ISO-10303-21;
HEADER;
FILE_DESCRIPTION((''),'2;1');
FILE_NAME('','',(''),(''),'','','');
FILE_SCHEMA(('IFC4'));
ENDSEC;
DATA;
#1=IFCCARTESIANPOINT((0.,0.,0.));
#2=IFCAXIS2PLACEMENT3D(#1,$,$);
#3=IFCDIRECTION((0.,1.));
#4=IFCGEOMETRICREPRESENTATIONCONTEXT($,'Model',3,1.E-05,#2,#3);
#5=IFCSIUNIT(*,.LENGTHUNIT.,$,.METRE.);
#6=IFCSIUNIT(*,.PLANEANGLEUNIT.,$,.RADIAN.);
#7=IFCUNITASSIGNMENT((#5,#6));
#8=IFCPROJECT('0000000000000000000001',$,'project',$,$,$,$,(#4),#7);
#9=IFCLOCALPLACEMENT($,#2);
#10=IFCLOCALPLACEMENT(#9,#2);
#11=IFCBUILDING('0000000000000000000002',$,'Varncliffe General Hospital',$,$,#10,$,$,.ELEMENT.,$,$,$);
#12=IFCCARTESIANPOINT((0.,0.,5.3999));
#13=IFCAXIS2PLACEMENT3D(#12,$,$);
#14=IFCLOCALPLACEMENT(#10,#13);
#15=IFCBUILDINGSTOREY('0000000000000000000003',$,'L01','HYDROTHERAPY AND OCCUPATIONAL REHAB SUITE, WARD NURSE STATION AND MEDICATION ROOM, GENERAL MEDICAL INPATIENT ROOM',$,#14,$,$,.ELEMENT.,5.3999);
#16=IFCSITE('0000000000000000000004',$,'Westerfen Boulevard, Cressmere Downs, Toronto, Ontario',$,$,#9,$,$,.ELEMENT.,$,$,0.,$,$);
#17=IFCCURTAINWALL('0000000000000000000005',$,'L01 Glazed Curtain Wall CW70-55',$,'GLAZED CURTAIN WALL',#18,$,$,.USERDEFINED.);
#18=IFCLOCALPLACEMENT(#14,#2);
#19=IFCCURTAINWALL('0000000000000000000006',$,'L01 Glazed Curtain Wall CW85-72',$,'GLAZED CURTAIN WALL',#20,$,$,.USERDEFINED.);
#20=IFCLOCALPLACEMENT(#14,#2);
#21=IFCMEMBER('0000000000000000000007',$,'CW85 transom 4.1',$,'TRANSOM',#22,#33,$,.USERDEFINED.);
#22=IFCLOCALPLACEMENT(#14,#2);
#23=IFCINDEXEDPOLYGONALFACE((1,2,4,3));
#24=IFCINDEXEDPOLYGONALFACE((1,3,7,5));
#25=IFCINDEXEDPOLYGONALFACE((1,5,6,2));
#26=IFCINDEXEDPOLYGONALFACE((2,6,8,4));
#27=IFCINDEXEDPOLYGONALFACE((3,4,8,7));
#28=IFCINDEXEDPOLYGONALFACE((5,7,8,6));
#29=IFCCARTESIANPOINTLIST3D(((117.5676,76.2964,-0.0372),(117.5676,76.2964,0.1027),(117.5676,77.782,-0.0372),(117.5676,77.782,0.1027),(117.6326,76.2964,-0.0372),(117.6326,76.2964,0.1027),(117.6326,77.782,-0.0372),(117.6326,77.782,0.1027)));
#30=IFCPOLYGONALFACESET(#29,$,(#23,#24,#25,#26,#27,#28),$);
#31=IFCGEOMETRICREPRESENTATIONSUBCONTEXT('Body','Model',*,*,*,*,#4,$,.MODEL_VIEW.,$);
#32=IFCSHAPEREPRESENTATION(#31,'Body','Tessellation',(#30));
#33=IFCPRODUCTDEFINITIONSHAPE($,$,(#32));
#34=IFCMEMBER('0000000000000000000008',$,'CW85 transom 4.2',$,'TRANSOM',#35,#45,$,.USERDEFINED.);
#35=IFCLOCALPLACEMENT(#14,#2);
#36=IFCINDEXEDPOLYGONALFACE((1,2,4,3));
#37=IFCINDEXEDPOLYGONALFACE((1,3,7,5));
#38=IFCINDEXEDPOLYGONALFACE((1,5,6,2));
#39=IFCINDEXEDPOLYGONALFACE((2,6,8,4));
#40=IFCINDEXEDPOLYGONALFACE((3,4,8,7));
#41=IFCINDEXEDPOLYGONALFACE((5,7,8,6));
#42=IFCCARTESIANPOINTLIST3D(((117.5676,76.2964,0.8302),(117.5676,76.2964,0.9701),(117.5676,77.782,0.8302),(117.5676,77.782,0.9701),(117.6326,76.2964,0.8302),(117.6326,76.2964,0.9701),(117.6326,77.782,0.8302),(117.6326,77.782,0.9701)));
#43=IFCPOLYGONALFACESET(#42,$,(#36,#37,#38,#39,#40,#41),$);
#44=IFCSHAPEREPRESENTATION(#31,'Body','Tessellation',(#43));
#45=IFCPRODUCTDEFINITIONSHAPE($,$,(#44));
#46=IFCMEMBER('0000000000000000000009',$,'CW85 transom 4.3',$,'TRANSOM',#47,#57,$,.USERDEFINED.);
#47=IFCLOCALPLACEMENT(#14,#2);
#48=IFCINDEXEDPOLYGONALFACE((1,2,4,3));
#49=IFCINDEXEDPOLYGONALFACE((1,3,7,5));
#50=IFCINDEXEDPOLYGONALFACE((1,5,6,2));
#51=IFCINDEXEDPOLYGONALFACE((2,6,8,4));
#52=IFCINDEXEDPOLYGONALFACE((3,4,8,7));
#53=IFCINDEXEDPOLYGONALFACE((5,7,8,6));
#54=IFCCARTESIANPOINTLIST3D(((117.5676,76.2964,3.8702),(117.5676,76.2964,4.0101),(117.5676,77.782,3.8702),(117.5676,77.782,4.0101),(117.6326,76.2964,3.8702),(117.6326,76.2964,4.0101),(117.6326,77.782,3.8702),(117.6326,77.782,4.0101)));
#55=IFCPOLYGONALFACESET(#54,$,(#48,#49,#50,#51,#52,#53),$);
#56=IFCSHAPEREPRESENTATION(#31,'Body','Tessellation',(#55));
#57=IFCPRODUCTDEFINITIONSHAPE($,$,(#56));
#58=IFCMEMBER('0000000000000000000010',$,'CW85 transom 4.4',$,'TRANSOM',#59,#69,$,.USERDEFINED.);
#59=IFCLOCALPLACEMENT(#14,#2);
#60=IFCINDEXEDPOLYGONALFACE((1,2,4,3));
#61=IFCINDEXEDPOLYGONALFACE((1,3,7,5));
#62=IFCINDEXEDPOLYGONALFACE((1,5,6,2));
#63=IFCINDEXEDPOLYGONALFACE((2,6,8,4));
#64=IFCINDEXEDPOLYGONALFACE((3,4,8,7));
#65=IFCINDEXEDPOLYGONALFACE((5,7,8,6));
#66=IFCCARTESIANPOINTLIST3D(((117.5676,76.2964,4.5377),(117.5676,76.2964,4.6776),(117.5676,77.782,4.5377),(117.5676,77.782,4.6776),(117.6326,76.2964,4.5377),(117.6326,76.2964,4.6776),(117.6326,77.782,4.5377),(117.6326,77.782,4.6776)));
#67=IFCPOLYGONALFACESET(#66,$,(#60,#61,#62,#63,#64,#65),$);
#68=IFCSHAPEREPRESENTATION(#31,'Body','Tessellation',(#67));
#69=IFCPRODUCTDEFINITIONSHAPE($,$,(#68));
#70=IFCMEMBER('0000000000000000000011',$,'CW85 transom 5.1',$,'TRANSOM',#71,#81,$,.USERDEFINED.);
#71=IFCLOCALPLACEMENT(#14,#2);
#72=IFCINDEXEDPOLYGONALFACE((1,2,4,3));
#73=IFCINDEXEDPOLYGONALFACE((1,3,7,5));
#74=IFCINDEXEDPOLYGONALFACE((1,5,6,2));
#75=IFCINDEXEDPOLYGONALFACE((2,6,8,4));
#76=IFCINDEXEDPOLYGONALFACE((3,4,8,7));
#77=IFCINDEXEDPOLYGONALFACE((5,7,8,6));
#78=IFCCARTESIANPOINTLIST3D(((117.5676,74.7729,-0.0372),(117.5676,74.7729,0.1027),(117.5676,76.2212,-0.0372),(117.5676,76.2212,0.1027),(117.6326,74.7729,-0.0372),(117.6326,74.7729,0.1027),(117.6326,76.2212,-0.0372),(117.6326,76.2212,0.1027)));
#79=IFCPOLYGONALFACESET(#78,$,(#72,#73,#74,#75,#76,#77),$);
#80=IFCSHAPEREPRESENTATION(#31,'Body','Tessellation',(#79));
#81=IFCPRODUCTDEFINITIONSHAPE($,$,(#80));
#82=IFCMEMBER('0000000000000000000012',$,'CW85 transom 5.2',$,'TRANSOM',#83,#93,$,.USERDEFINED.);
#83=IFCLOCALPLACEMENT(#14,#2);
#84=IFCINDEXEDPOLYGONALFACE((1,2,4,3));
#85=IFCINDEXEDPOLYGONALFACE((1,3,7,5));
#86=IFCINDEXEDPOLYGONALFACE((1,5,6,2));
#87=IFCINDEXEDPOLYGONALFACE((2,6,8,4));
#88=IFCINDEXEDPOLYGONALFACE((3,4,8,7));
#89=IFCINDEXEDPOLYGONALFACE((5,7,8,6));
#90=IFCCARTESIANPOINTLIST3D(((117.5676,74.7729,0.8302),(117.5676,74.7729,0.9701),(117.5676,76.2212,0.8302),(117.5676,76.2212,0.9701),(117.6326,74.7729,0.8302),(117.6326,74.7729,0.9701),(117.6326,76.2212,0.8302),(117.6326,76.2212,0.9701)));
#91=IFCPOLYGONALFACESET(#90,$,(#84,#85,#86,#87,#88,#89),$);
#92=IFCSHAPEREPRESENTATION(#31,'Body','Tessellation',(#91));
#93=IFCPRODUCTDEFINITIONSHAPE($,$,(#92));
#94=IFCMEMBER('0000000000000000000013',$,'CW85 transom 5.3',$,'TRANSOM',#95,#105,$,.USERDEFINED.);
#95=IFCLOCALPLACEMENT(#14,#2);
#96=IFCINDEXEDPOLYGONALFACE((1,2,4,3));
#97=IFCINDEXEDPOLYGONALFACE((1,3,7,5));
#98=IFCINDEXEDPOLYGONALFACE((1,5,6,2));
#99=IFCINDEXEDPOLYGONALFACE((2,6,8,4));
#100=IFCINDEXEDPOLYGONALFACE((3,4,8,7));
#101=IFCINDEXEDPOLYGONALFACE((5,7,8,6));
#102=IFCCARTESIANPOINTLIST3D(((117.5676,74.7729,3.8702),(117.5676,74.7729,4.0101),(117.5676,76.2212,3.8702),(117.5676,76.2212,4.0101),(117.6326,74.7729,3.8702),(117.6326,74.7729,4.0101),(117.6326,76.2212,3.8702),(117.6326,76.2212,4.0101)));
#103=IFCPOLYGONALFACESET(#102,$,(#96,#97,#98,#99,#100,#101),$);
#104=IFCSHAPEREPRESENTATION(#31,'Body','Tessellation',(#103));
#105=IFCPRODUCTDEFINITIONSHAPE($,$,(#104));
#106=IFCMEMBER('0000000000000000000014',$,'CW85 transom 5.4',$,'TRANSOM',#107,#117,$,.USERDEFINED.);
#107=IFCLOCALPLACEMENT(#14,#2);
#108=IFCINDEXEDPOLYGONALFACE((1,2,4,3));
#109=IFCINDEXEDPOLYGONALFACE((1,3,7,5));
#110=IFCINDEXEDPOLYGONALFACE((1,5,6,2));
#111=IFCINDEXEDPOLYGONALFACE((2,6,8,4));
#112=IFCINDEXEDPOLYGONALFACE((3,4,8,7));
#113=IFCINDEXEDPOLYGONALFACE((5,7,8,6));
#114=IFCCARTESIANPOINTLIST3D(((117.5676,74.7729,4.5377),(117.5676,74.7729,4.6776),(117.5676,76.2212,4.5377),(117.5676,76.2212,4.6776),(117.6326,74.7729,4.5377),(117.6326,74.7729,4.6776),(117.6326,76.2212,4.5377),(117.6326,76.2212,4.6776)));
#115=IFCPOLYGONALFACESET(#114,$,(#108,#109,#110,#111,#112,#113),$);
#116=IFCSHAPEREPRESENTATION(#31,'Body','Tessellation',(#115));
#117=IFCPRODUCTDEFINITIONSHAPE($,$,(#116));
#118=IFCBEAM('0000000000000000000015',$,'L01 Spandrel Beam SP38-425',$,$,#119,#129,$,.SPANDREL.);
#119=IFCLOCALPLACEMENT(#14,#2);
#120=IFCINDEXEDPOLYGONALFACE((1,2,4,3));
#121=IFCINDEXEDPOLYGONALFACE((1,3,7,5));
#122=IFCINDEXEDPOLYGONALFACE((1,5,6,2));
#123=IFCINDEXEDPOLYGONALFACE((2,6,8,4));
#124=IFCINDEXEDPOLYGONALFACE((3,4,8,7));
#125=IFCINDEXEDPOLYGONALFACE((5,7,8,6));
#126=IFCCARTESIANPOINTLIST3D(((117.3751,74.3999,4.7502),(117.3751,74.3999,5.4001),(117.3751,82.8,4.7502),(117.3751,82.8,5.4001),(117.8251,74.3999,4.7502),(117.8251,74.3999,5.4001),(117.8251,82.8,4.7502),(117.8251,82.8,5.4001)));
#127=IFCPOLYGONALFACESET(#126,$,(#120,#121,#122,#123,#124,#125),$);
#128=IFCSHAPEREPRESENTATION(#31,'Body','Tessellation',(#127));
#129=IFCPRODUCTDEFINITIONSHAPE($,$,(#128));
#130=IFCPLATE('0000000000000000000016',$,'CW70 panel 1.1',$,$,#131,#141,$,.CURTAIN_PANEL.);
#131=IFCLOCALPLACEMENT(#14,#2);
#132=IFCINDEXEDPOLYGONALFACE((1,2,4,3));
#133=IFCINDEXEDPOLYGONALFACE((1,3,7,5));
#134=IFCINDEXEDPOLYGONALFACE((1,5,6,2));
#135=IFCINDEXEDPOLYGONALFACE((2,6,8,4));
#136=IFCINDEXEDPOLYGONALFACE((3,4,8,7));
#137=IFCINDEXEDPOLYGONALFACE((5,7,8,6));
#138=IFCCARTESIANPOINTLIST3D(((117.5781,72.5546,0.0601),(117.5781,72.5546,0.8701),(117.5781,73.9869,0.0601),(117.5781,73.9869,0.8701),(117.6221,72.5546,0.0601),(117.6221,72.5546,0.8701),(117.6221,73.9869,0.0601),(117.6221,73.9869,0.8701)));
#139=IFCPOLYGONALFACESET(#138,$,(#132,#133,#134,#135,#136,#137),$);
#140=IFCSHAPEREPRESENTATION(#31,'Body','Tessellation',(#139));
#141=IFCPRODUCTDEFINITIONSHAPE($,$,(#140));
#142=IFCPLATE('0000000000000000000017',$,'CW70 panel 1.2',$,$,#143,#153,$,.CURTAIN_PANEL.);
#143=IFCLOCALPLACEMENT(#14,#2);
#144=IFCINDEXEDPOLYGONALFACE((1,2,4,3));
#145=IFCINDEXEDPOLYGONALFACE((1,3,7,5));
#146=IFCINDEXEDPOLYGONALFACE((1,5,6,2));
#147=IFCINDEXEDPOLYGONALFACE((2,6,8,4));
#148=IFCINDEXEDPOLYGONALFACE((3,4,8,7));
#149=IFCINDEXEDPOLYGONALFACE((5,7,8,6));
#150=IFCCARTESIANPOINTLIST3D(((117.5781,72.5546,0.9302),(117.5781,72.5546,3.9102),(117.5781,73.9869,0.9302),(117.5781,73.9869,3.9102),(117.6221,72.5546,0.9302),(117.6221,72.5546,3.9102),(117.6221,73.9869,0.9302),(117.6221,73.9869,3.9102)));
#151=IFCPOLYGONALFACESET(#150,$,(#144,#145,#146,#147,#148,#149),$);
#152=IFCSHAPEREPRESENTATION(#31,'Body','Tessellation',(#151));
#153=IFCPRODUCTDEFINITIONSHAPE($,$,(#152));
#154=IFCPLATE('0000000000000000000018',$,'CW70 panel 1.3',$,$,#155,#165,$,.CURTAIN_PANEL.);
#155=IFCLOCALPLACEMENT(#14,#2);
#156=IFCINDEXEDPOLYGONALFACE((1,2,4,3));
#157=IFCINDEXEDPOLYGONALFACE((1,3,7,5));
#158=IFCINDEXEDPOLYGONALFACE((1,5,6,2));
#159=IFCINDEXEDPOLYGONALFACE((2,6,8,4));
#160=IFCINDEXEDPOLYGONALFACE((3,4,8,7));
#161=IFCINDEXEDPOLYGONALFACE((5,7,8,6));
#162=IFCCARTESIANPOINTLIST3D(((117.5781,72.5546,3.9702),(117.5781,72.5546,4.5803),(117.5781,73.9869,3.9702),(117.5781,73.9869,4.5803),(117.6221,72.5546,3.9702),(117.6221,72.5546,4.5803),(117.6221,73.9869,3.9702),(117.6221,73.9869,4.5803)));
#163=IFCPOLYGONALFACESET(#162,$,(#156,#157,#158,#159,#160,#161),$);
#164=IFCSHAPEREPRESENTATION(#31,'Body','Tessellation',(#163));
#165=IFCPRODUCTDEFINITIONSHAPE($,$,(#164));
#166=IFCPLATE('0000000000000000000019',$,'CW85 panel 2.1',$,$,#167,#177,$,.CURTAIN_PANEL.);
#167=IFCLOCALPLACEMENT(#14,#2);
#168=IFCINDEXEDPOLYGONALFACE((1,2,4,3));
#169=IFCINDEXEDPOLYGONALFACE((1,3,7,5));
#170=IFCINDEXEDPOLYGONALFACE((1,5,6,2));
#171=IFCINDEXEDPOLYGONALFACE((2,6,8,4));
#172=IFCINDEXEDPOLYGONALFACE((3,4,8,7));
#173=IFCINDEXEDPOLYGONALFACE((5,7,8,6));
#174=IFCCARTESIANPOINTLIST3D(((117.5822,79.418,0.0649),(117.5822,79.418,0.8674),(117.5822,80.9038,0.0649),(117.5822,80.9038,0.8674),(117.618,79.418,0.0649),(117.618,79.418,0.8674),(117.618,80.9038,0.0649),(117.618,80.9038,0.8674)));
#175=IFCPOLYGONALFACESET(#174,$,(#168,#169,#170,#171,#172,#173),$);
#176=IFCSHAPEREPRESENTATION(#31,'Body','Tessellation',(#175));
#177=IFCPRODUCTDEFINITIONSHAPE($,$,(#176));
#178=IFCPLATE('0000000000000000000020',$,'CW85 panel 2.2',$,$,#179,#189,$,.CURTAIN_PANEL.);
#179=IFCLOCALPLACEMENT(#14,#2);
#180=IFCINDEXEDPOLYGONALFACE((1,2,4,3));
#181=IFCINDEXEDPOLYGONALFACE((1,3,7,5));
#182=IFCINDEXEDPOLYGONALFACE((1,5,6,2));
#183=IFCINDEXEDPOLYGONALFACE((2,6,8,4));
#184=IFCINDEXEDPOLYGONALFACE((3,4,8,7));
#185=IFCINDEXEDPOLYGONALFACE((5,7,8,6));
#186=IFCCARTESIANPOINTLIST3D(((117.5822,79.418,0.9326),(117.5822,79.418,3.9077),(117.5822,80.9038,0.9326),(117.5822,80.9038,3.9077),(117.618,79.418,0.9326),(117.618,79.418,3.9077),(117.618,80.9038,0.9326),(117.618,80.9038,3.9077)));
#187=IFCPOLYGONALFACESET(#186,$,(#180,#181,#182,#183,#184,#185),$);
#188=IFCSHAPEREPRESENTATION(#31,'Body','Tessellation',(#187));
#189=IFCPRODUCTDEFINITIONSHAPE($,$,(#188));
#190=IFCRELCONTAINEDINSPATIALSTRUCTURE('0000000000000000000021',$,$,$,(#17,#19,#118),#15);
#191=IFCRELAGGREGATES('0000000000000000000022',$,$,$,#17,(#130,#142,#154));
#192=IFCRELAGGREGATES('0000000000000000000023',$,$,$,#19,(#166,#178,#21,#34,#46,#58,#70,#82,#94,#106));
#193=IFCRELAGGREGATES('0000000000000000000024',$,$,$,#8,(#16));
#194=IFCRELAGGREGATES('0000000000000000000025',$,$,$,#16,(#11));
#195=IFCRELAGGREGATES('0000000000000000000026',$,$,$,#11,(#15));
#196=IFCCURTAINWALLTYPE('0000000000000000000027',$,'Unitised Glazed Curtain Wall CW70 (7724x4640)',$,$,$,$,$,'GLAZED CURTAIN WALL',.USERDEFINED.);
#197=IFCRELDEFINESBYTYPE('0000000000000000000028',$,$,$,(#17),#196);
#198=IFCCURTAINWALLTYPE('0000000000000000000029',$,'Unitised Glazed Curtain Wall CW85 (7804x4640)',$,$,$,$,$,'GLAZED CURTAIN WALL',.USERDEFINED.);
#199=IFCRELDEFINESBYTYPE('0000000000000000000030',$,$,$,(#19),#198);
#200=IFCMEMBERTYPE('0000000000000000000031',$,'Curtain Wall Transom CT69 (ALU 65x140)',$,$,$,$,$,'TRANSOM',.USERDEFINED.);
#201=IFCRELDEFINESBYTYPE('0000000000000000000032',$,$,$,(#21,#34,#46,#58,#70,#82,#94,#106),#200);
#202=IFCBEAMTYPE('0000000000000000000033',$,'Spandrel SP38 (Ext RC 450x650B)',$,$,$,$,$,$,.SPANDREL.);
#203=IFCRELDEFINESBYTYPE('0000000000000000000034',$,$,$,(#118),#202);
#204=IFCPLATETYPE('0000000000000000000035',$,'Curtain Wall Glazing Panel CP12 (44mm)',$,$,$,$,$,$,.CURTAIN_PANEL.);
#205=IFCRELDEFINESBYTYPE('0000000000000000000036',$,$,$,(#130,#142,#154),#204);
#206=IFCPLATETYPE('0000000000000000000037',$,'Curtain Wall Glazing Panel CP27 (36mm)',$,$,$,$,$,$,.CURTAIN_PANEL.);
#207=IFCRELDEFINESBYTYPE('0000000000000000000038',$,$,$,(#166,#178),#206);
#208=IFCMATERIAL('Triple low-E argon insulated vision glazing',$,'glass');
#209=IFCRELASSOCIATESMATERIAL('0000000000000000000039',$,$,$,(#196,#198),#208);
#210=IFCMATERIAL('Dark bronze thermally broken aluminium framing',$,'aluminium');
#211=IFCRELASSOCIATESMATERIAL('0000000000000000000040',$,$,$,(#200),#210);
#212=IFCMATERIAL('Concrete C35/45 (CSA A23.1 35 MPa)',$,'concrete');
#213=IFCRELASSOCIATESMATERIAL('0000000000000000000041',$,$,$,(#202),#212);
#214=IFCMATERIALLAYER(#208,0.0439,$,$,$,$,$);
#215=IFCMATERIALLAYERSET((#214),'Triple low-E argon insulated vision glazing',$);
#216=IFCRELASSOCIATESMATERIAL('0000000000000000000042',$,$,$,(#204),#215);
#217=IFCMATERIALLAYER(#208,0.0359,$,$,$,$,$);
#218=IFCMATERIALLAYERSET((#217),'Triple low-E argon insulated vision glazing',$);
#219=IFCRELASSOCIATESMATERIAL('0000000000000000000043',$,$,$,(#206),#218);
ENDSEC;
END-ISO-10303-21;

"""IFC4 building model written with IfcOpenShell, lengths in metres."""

from ifc_helpers import new_model, si_unit, direction, frame, origin, origin_2d, place, context, subcontext, project, spatial, rectangle, extrude, material, layer, layer_set, material_profile, profile_set, type_object, element, aggregate, save


model = new_model("IFC4")

# Units and contexts
model_context = context("Model", 3, precision=1e-05, world=origin(), true_north=direction((0.0, 1.0)))
body_context = subcontext(model_context, "Body", "Model", "MODEL_VIEW")
ifc_project = project(units=[si_unit("LENGTHUNIT", "METRE"), si_unit("PLANEANGLEUNIT", "RADIAN")], contexts=[model_context])

# Site, building, storey
site_placement = place(None, origin())
site = spatial("IfcSite", under=ifc_project, at=site_placement, Name="Westerfen Boulevard, Cressmere Downs, Toronto, Ontario", CompositionType="ELEMENT", RefElevation=0.0)
building_placement = place(site_placement, origin())
building = spatial("IfcBuilding", under=site, at=building_placement, Name="Varncliffe General Hospital", CompositionType="ELEMENT")
storey_placement = place(building_placement, frame((0.0, 0.0, 5.3999)))
storey = spatial("IfcBuildingStorey", under=building, at=storey_placement, Name="L01", Description="HYDROTHERAPY AND OCCUPATIONAL REHAB SUITE, WARD NURSE STATION AND MEDICATION ROOM, GENERAL MEDICAL INPATIENT ROOM", CompositionType="ELEMENT", Elevation=5.3999)

# Curtain wall
ifc_material_1 = material(Name="Triple low-E argon insulated vision glazing", Category="glass")
curtain_wall_type_1 = type_object("IfcCurtainWallType", Name="Unitised Glazed Curtain Wall CW70 (7724x4640)", ElementType="GLAZED CURTAIN WALL", PredefinedType="USERDEFINED", material=ifc_material_1)
curtain_wall_1_placement = place(storey_placement, origin())
curtain_wall_1 = element("IfcCurtainWall", 1, at=curtain_wall_1_placement, inside=storey, type_object=curtain_wall_type_1, Name="L01 Glazed Curtain Wall CW70-55", ObjectType="GLAZED CURTAIN WALL", PredefinedType="USERDEFINED")
ifc_material_2 = material(Name="Dark bronze thermally broken aluminium framing", Category="aluminium")

# Curtain wall
curtain_wall_type_2 = type_object("IfcCurtainWallType", Name="Unitised Glazed Curtain Wall CW85 (7804x4640)", ElementType="GLAZED CURTAIN WALL", PredefinedType="USERDEFINED", material=ifc_material_1)
curtain_wall_2_placement = place(storey_placement, origin())
curtain_wall_2 = element("IfcCurtainWall", 2, at=curtain_wall_2_placement, inside=storey, type_object=curtain_wall_type_2, Name="L01 Glazed Curtain Wall CW85-72", ObjectType="GLAZED CURTAIN WALL", PredefinedType="USERDEFINED")

# Members
ifc_material_profile_1 = material_profile(ifc_material_2, rectangle(XDim=0.0649, YDim=0.1399, at=origin_2d()), Name="ALU 65x140")
ifc_profile_set_1 = profile_set([ifc_material_profile_1], Name="Dark bronze thermally broken aluminium framing")
member_type_1 = type_object("IfcMemberType", Name="Curtain Wall Transom CT69 (ALU 65x140)", ElementType="TRANSOM", PredefinedType="USERDEFINED", material=ifc_profile_set_1)
member_1_placement = place(storey_placement, frame((117.6001, 77.782, 0.0327), z_axis=(0.0, -1.0, 0.0), x_axis=(1.0, 0.0, 0.0)))
member_1 = element("IfcMember", 3, at=member_1_placement, type_object=member_type_1, Name="CW85 transom 4.1", ObjectType="TRANSOM", PredefinedType="USERDEFINED", context=body_context, shape_type="SweptSolid", body=[
    extrude(rectangle(XDim=0.0649, YDim=0.1399, at=origin_2d()), origin(), (0.0, 0.0, 1.0), 1.4856),
])
member_2_placement = place(storey_placement, frame((117.6001, 77.782, 0.9001), z_axis=(0.0, -1.0, 0.0), x_axis=(1.0, 0.0, 0.0)))
member_2 = element("IfcMember", 4, at=member_2_placement, type_object=member_type_1, Name="CW85 transom 4.2", ObjectType="TRANSOM", PredefinedType="USERDEFINED", context=body_context, shape_type="SweptSolid", body=[
    extrude(rectangle(XDim=0.0649, YDim=0.1399, at=origin_2d()), origin(), (0.0, 0.0, 1.0), 1.4856),
])
member_3_placement = place(storey_placement, frame((117.6001, 77.782, 3.9402), z_axis=(0.0, -1.0, 0.0), x_axis=(1.0, 0.0, 0.0)))
member_3 = element("IfcMember", 5, at=member_3_placement, type_object=member_type_1, Name="CW85 transom 4.3", ObjectType="TRANSOM", PredefinedType="USERDEFINED", context=body_context, shape_type="SweptSolid", body=[
    extrude(rectangle(XDim=0.0649, YDim=0.1399, at=origin_2d()), origin(), (0.0, 0.0, 1.0), 1.4856),
])
member_4_placement = place(storey_placement, frame((117.6001, 77.782, 4.6077), z_axis=(0.0, -1.0, 0.0), x_axis=(1.0, 0.0, 0.0)))
member_4 = element("IfcMember", 6, at=member_4_placement, type_object=member_type_1, Name="CW85 transom 4.4", ObjectType="TRANSOM", PredefinedType="USERDEFINED", context=body_context, shape_type="SweptSolid", body=[
    extrude(rectangle(XDim=0.0649, YDim=0.1399, at=origin_2d()), origin(), (0.0, 0.0, 1.0), 1.4856),
])
member_5_placement = place(storey_placement, frame((117.6001, 76.2212, 0.0327), z_axis=(0.0, -1.0, 0.0), x_axis=(1.0, 0.0, 0.0)))
member_5 = element("IfcMember", 7, at=member_5_placement, type_object=member_type_1, Name="CW85 transom 5.1", ObjectType="TRANSOM", PredefinedType="USERDEFINED", context=body_context, shape_type="SweptSolid", body=[
    extrude(rectangle(XDim=0.0649, YDim=0.1399, at=origin_2d()), origin(), (0.0, 0.0, 1.0), 1.4482),
])
member_6_placement = place(storey_placement, frame((117.6001, 76.2212, 0.9001), z_axis=(0.0, -1.0, 0.0), x_axis=(1.0, 0.0, 0.0)))
member_6 = element("IfcMember", 8, at=member_6_placement, type_object=member_type_1, Name="CW85 transom 5.2", ObjectType="TRANSOM", PredefinedType="USERDEFINED", context=body_context, shape_type="SweptSolid", body=[
    extrude(rectangle(XDim=0.0649, YDim=0.1399, at=origin_2d()), origin(), (0.0, 0.0, 1.0), 1.4482),
])
member_7_placement = place(storey_placement, frame((117.6001, 76.2212, 3.9402), z_axis=(0.0, -1.0, 0.0), x_axis=(1.0, 0.0, 0.0)))
member_7 = element("IfcMember", 9, at=member_7_placement, type_object=member_type_1, Name="CW85 transom 5.3", ObjectType="TRANSOM", PredefinedType="USERDEFINED", context=body_context, shape_type="SweptSolid", body=[
    extrude(rectangle(XDim=0.0649, YDim=0.1399, at=origin_2d()), origin(), (0.0, 0.0, 1.0), 1.4482),
])
member_8_placement = place(storey_placement, frame((117.6001, 76.2212, 4.6077), z_axis=(0.0, -1.0, 0.0), x_axis=(1.0, 0.0, 0.0)))
member_8 = element("IfcMember", 10, at=member_8_placement, type_object=member_type_1, Name="CW85 transom 5.4", ObjectType="TRANSOM", PredefinedType="USERDEFINED", context=body_context, shape_type="SweptSolid", body=[
    extrude(rectangle(XDim=0.0649, YDim=0.1399, at=origin_2d()), origin(), (0.0, 0.0, 1.0), 1.4482),
])

# Beam
ifc_material_3 = material(Name="Concrete C35/45 (CSA A23.1 35 MPa)", Category="concrete")
ifc_material_profile_2 = material_profile(ifc_material_3, rectangle(XDim=0.45, YDim=0.6499, at=origin_2d()), Name="RC 450x650")
ifc_profile_set_2 = profile_set([ifc_material_profile_2], Name="Concrete C35/45 (CSA A23.1 35 MPa)")
beam_type = type_object("IfcBeamType", Name="Spandrel SP38 (Ext RC 450x650B)", PredefinedType="SPANDREL", material=ifc_profile_set_2)
beam_placement = place(storey_placement, frame((117.6001, 74.3999, 5.0752), z_axis=(0.0, 1.0, 0.0), x_axis=(-1.0, 0.0, 0.0)))
element("IfcBeam", 11, at=beam_placement, inside=storey, type_object=beam_type, Name="L01 Spandrel Beam SP38-425", PredefinedType="SPANDREL", context=body_context, shape_type="SweptSolid", body=[
    extrude(rectangle(XDim=0.45, YDim=0.6499, at=origin_2d()), origin(), (0.0, 0.0, 1.0), 8.4001),
])

# Plates
ifc_layer_1 = layer(ifc_material_1, 0.0439)
ifc_layer_set_1 = layer_set([ifc_layer_1], Name="Triple low-E argon insulated vision glazing")
plate_type_1 = type_object("IfcPlateType", Name="Curtain Wall Glazing Panel CP12 (44mm)", PredefinedType="CURTAIN_PANEL", material=ifc_layer_set_1)
plate_1_placement = place(storey_placement, frame((117.6001, 73.2708, 0.0601), z_axis=(0.0, 0.0, 1.0), x_axis=(0.0, -1.0, 0.0)))
plate_1 = element("IfcPlate", 12, at=plate_1_placement, type_object=plate_type_1, Name="CW70 panel 1.1", PredefinedType="CURTAIN_PANEL", context=body_context, shape_type="SweptSolid", body=[
    extrude(rectangle(XDim=1.4324, YDim=0.0439, at=origin_2d()), origin(), (0.0, 0.0, 1.0), 0.8101),
])
plate_2_placement = place(storey_placement, frame((117.6001, 73.2708, 0.9302), z_axis=(0.0, 0.0, 1.0), x_axis=(0.0, -1.0, 0.0)))
plate_2 = element("IfcPlate", 13, at=plate_2_placement, type_object=plate_type_1, Name="CW70 panel 1.2", PredefinedType="CURTAIN_PANEL", context=body_context, shape_type="SweptSolid", body=[
    extrude(rectangle(XDim=1.4324, YDim=0.0439, at=origin_2d()), origin(), (0.0, 0.0, 1.0), 2.98),
])
plate_3_placement = place(storey_placement, frame((117.6001, 73.2708, 3.9702), z_axis=(0.0, 0.0, 1.0), x_axis=(0.0, -1.0, 0.0)))
plate_3 = element("IfcPlate", 14, at=plate_3_placement, type_object=plate_type_1, Name="CW70 panel 1.3", PredefinedType="CURTAIN_PANEL", context=body_context, shape_type="SweptSolid", body=[
    extrude(rectangle(XDim=1.4324, YDim=0.0439, at=origin_2d()), origin(), (0.0, 0.0, 1.0), 0.6101),
])
aggregate(curtain_wall_1, [plate_1, plate_2, plate_3])
ifc_layer_2 = layer(ifc_material_1, 0.0359)
ifc_layer_set_2 = layer_set([ifc_layer_2], Name="Triple low-E argon insulated vision glazing")
plate_type_2 = type_object("IfcPlateType", Name="Curtain Wall Glazing Panel CP27 (36mm)", PredefinedType="CURTAIN_PANEL", material=ifc_layer_set_2)
plate_4_placement = place(storey_placement, frame((117.6001, 80.1609, 0.0649), z_axis=(0.0, 0.0, 1.0), x_axis=(0.0, -1.0, 0.0)))
plate_4 = element("IfcPlate", 15, at=plate_4_placement, type_object=plate_type_2, Name="CW85 panel 2.1", PredefinedType="CURTAIN_PANEL", context=body_context, shape_type="SweptSolid", body=[
    extrude(rectangle(XDim=1.4858, YDim=0.0359, at=origin_2d()), origin(), (0.0, 0.0, 1.0), 0.8025),
])
plate_5_placement = place(storey_placement, frame((117.6001, 80.1609, 0.9326), z_axis=(0.0, 0.0, 1.0), x_axis=(0.0, -1.0, 0.0)))
plate_5 = element("IfcPlate", 16, at=plate_5_placement, type_object=plate_type_2, Name="CW85 panel 2.2", PredefinedType="CURTAIN_PANEL", context=body_context, shape_type="SweptSolid", body=[
    extrude(rectangle(XDim=1.4858, YDim=0.0359, at=origin_2d()), origin(), (0.0, 0.0, 1.0), 2.9751),
])
aggregate(curtain_wall_2, [plate_4, plate_5, member_1, member_2, member_3, member_4, member_5, member_6, member_7, member_8])

save(model, "model.ifc")
